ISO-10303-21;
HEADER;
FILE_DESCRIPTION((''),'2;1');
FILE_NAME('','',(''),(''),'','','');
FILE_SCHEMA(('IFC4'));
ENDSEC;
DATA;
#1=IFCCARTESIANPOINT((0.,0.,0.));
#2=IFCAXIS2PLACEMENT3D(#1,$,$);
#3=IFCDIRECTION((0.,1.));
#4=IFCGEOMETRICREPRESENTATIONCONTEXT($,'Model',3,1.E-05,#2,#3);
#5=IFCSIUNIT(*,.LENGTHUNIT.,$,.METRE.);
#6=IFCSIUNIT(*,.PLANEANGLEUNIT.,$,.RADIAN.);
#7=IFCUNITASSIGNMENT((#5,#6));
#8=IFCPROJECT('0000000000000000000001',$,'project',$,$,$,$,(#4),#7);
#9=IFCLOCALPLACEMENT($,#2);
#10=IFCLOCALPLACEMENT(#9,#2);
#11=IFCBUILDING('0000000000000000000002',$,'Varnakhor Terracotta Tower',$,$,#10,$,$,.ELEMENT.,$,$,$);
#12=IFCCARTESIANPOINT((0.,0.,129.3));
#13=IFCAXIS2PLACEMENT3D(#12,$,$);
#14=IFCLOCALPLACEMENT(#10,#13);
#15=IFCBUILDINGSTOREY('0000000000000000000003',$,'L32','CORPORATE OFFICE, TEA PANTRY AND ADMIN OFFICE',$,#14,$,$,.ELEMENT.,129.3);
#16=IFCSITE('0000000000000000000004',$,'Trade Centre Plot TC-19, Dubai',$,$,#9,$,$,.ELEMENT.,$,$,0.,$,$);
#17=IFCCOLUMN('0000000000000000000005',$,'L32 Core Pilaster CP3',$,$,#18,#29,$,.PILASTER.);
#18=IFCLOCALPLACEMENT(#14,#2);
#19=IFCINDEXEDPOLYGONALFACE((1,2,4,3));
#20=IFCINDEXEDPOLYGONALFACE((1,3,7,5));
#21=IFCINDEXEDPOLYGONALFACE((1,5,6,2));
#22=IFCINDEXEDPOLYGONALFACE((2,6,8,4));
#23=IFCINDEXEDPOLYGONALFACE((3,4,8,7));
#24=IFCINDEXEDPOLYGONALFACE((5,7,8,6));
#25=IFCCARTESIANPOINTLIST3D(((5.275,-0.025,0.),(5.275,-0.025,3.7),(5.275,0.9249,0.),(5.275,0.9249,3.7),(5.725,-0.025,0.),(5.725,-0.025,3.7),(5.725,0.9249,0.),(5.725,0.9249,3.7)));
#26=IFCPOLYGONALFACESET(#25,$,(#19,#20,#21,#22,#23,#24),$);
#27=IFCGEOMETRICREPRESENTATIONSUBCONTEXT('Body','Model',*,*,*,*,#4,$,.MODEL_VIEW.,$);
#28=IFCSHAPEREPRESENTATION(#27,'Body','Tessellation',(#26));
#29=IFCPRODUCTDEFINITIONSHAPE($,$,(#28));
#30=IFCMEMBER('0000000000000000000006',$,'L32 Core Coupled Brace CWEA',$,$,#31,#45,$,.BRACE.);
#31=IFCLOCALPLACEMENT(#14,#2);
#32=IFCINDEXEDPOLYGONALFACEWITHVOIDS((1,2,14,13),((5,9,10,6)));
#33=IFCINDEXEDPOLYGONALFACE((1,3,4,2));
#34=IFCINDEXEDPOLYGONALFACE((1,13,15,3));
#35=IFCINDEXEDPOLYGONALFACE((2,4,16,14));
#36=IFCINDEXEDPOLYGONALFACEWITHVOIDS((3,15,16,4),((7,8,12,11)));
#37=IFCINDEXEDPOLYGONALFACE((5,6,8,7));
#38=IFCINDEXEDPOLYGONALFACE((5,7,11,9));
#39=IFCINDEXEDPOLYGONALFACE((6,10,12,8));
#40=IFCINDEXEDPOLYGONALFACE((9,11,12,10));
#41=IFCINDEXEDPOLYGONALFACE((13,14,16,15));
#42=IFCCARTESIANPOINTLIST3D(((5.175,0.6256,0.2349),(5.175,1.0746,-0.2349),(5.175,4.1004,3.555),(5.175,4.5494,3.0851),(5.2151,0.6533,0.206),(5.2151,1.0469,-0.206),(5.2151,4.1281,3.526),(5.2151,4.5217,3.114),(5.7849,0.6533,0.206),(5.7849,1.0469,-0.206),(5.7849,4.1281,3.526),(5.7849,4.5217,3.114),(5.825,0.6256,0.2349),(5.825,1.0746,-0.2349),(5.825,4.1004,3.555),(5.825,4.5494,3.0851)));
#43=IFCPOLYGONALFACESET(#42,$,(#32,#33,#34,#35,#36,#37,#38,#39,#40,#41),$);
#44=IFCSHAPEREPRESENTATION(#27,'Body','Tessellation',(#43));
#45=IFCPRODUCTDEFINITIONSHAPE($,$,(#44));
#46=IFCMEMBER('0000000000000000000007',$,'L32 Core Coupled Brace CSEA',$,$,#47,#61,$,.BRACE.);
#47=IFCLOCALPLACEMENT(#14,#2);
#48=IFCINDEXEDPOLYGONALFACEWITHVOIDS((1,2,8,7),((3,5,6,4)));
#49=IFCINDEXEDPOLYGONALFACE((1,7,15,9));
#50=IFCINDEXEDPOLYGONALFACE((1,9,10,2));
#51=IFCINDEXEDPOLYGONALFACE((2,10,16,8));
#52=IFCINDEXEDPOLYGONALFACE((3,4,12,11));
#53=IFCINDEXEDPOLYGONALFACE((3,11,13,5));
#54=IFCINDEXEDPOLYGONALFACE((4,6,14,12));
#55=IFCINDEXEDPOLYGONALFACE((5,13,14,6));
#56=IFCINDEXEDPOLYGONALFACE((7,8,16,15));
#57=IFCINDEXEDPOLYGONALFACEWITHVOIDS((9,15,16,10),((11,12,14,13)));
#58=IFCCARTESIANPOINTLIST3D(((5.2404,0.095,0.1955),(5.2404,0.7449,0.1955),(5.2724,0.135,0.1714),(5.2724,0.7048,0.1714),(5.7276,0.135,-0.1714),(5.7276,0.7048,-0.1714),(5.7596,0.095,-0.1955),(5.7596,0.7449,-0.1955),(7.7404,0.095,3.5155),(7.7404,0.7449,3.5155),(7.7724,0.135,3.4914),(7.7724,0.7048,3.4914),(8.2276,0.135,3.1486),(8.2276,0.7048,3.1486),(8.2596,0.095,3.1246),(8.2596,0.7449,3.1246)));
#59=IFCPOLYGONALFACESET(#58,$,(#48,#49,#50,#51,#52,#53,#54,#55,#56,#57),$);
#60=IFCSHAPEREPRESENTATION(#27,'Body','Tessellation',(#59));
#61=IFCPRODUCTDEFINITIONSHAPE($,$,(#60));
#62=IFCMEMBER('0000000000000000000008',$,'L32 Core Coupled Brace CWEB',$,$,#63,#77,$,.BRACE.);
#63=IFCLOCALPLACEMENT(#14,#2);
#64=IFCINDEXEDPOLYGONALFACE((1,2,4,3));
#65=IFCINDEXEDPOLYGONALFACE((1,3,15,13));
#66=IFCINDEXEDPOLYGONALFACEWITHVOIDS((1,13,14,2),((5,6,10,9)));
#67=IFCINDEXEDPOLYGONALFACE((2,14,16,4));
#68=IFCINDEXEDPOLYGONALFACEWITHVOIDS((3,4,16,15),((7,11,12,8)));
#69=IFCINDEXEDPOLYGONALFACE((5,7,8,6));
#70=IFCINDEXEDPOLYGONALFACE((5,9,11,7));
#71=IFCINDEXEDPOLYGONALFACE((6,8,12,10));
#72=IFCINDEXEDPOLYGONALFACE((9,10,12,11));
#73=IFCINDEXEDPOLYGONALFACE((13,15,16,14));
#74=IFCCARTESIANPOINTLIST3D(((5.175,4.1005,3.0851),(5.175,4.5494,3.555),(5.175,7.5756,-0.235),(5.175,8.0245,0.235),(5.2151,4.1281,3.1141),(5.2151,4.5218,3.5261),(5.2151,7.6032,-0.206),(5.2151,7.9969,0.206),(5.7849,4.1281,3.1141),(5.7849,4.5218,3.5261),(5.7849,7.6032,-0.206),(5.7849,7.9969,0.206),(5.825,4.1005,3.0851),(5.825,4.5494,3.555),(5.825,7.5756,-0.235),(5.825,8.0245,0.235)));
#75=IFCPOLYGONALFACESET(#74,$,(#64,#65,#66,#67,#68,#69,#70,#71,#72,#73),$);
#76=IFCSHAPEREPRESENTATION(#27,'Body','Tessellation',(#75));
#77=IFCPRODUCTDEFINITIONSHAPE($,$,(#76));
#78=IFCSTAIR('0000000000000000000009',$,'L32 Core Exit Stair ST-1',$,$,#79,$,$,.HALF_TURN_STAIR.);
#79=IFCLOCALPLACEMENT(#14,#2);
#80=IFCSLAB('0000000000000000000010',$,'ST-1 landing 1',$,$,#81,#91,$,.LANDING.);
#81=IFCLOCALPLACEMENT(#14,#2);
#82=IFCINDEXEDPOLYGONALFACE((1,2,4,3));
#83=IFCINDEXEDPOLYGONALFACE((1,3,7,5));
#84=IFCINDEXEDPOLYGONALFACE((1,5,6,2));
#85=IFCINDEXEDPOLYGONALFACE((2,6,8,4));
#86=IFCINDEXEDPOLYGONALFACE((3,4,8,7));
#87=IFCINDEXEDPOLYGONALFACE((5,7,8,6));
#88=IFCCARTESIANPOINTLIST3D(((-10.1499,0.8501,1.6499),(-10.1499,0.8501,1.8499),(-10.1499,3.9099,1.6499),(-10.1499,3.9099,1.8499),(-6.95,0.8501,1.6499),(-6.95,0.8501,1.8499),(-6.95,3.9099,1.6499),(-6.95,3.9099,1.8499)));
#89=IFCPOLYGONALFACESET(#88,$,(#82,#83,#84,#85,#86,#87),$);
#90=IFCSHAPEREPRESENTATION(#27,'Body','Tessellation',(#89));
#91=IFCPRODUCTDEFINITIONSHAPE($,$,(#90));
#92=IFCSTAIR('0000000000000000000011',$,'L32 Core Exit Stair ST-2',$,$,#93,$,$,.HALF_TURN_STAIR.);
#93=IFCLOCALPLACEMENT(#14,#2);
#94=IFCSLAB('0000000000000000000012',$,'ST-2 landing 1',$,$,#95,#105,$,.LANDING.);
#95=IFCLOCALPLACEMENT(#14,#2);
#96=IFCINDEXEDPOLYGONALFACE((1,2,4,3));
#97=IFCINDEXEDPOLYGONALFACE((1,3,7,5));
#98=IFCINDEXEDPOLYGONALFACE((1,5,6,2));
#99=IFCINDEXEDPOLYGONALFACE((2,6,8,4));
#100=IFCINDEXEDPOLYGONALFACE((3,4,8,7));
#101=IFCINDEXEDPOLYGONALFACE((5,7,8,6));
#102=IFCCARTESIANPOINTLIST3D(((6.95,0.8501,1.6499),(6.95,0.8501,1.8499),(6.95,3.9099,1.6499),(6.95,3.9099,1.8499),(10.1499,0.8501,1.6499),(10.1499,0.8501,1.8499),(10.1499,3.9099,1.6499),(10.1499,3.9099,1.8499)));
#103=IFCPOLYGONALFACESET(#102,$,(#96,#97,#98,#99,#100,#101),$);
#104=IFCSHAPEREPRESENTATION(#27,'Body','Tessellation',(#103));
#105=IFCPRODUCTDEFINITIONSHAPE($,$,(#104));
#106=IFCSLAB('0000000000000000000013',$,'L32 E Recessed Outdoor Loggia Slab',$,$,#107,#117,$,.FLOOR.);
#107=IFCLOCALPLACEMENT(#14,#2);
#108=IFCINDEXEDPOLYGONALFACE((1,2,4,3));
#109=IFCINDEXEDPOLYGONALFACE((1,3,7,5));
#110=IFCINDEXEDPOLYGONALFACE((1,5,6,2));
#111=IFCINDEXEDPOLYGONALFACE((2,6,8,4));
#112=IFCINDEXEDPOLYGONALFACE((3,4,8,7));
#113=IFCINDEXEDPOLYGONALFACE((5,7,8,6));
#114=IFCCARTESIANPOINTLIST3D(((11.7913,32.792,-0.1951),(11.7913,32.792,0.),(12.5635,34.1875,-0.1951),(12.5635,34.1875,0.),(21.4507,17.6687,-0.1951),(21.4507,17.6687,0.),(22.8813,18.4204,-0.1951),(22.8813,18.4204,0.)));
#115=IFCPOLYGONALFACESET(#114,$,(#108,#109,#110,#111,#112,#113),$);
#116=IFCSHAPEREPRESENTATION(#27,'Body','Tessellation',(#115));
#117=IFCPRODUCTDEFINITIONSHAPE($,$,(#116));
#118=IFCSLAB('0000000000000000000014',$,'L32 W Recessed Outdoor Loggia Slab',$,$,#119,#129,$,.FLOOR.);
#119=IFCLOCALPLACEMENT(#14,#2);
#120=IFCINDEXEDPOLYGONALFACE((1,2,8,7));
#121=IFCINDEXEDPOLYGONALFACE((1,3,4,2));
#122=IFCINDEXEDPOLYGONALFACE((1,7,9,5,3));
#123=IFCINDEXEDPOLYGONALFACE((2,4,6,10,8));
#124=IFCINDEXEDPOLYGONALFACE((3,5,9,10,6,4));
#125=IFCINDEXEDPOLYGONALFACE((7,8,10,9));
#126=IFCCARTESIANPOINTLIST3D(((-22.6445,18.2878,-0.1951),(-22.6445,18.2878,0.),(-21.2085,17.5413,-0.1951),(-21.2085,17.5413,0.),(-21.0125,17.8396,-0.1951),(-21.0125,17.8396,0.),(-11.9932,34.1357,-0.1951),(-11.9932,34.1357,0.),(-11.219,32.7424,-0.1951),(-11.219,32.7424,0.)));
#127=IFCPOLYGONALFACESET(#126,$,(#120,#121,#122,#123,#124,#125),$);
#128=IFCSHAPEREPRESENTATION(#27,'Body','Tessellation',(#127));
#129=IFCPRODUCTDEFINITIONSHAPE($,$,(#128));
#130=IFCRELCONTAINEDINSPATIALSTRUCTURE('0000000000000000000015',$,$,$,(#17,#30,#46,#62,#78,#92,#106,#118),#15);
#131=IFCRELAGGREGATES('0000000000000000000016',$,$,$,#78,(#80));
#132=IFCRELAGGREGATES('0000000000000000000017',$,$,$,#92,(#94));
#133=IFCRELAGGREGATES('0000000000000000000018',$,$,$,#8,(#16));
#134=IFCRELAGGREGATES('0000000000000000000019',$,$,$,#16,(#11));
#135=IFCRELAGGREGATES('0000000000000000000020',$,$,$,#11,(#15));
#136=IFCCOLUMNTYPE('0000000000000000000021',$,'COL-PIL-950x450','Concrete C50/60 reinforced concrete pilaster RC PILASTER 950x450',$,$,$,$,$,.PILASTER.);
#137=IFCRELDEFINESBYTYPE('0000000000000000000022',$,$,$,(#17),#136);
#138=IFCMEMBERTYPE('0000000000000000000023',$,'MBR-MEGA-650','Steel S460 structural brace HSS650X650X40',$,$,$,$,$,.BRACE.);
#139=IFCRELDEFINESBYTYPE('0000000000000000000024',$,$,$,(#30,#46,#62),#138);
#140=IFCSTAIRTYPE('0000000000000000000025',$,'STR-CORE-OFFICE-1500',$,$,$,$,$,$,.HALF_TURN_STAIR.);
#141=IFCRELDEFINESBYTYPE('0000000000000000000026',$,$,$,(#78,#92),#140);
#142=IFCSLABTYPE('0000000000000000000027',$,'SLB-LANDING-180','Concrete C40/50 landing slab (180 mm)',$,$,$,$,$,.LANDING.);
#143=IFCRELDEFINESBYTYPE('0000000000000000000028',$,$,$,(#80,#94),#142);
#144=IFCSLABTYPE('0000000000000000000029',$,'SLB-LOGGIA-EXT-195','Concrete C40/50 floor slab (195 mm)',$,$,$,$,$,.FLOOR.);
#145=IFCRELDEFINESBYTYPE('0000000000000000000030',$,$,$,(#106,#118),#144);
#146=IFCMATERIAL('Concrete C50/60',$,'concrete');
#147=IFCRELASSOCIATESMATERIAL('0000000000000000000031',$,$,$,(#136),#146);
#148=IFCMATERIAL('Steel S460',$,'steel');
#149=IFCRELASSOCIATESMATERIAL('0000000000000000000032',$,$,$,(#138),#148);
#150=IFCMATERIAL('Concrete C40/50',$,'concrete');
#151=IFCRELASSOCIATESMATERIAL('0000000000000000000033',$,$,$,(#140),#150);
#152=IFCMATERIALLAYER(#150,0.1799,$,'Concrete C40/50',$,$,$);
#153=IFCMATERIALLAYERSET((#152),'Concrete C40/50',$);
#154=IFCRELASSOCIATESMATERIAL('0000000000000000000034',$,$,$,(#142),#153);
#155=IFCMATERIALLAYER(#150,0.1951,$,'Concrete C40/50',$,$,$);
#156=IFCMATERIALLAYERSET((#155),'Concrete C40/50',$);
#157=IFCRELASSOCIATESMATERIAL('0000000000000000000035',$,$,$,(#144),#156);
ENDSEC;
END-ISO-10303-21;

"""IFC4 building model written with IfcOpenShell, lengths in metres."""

from ifc_helpers import new_model, si_unit, direction, frame, origin, origin_2d, place, context, subcontext, project, spatial, polyline, rectangle, hollow_rectangle, outline, extrude, source, transform, mapped, material, layer, layer_set, material_profile, profile_set, type_object, element, aggregate, save


model = new_model("IFC4")

# Units and contexts
model_context = context("Model", 3, precision=1e-05, world=origin(), true_north=direction((0.0, 1.0)))
body_context = subcontext(model_context, "Body", "Model", "MODEL_VIEW")
ifc_project = project(units=[si_unit("LENGTHUNIT", "METRE"), si_unit("PLANEANGLEUNIT", "RADIAN")], contexts=[model_context])

# Site, building, storey
site_placement = place(None, origin())
site = spatial("IfcSite", under=ifc_project, at=site_placement, Name="Trade Centre Plot TC-19, Dubai", CompositionType="ELEMENT", RefElevation=0.0)
building_placement = place(site_placement, origin())
building = spatial("IfcBuilding", under=site, at=building_placement, Name="Varnakhor Terracotta Tower", CompositionType="ELEMENT")
storey_placement = place(building_placement, frame((0.0, 0.0, 129.3)))
storey = spatial("IfcBuildingStorey", under=building, at=storey_placement, Name="L32", Description="CORPORATE OFFICE, TEA PANTRY AND ADMIN OFFICE", CompositionType="ELEMENT", Elevation=129.3)

# Column
ifc_material_1 = material(Name="Concrete C50/60", Category="concrete")
ifc_material_profile_1 = material_profile(ifc_material_1, rectangle(XDim=0.45, YDim=0.95, at=origin_2d()), Name="RC PILASTER 950x450")
ifc_profile_set_1 = profile_set([ifc_material_profile_1], Name="Concrete C50/60")
column_type = type_object("IfcColumnType", Name="COL-PIL-950x450", Description="Concrete C50/60 reinforced concrete pilaster RC PILASTER 950x450", PredefinedType="PILASTER", material=ifc_profile_set_1)
shared_shape_1 = source(origin(), body_context, "Body", "SweptSolid", [
    extrude(rectangle(XDim=0.45, YDim=0.95, at=origin_2d()), origin(), (0.0, 0.0, 1.0), 3.7),
])
column_placement = place(storey_placement, frame((5.5, 0.45, 0.0), z_axis=(0.0, 0.0, 1.0), x_axis=(1.0, 0.0, 0.0)))
element("IfcColumn", 1, at=column_placement, inside=storey, type_object=column_type, Name="L32 Core Pilaster CP3", PredefinedType="PILASTER", context=body_context, shape_type="MappedRepresentation", body=[
    mapped(shared_shape_1, transform((0.0, 0.0, 0.0), scale=1.0)),
])

# Members
ifc_material_2 = material(Name="Steel S460", Category="steel")
ifc_material_profile_2 = material_profile(ifc_material_2, hollow_rectangle(XDim=0.6499, YDim=0.6499, WallThickness=0.04, at=origin_2d()), Name="HSS650X650X40")
ifc_profile_set_2 = profile_set([ifc_material_profile_2], Name="Steel S460")
member_type = type_object("IfcMemberType", Name="MBR-MEGA-650", Description="Steel S460 structural brace HSS650X650X40", PredefinedType="BRACE", material=ifc_profile_set_2)
shared_shape_2 = source(origin(), body_context, "Body", "SweptSolid", [
    extrude(hollow_rectangle(XDim=0.6499, YDim=0.6499, WallThickness=0.04, at=origin_2d()), origin(), (0.0, 0.0, 1.0), 4.8059),
])
member_1_placement = place(storey_placement, frame((5.5, 0.8501, 0.0), z_axis=(0.0, 0.723027, 0.69082), x_axis=(-1.0, 0.0, 0.0)))
element("IfcMember", 2, at=member_1_placement, inside=storey, type_object=member_type, Name="L32 Core Coupled Brace CWEA", PredefinedType="BRACE", context=body_context, shape_type="MappedRepresentation", body=[
    mapped(shared_shape_2, transform((0.0, 0.0, 0.0), scale=1.0)),
])
shared_shape_3 = source(origin(), body_context, "Body", "SweptSolid", [
    extrude(hollow_rectangle(XDim=0.6499, YDim=0.6499, WallThickness=0.04, at=origin_2d()), origin(), (0.0, 0.0, 1.0), 4.156),
])
member_2_placement = place(storey_placement, frame((5.5, 0.4199, 0.0), z_axis=(0.601531, 0.0, 0.79885), x_axis=(0.0, 1.0, 0.0)))
element("IfcMember", 3, at=member_2_placement, inside=storey, type_object=member_type, Name="L32 Core Coupled Brace CSEA", PredefinedType="BRACE", context=body_context, shape_type="MappedRepresentation", body=[
    mapped(shared_shape_3, transform((0.0, 0.0, 0.0), scale=1.0)),
])
shared_shape_4 = source(origin(), body_context, "Body", "SweptSolid", [
    extrude(hollow_rectangle(XDim=0.6499, YDim=0.6499, WallThickness=0.04, at=origin_2d()), origin(), (0.0, 0.0, 1.0), 4.8062),
])
member_3_placement = place(storey_placement, frame((5.5, 7.8, 0.0), z_axis=(0.0, -0.723051, 0.690795), x_axis=(1.0, 0.0, 0.0)))
element("IfcMember", 4, at=member_3_placement, inside=storey, type_object=member_type, Name="L32 Core Coupled Brace CWEB", PredefinedType="BRACE", context=body_context, shape_type="MappedRepresentation", body=[
    mapped(shared_shape_4, transform((0.0, 0.0, 0.0), scale=1.0)),
])

# Stairs, slabs
ifc_material_3 = material(Name="Concrete C40/50", Category="concrete")
stair_type = type_object("IfcStairType", Name="STR-CORE-OFFICE-1500", PredefinedType="HALF_TURN_STAIR", material=ifc_material_3)
stair_1_placement = place(storey_placement, origin())
stair_1 = element("IfcStair", 5, at=stair_1_placement, inside=storey, type_object=stair_type, Name="L32 Core Exit Stair ST-1", PredefinedType="HALF_TURN_STAIR")
ifc_layer_1 = layer(ifc_material_3, 0.1799, Name="Concrete C40/50")
ifc_layer_set_1 = layer_set([ifc_layer_1], Name="Concrete C40/50")
slab_type_1 = type_object("IfcSlabType", Name="SLB-LANDING-180", Description="Concrete C40/50 landing slab (180 mm)", PredefinedType="LANDING", material=ifc_layer_set_1)
slab_1_placement = place(storey_placement, frame((0.0, 0.0, 1.6499)))
slab_1 = element("IfcSlab", 6, at=slab_1_placement, type_object=slab_type_1, Name="ST-1 landing 1", PredefinedType="LANDING", context=body_context, shape_type="SweptSolid", body=[
    extrude(outline(polyline([(-10.1499, 3.9099), (-10.1499, 0.8501), (-6.95, 0.8501), (-6.95, 3.9099), (-10.1499, 3.9099)])), origin(), (0.0, 0.0, 1.0), 0.2),
])
aggregate(stair_1, [slab_1])
stair_2_placement = place(storey_placement, origin())
stair_2 = element("IfcStair", 7, at=stair_2_placement, inside=storey, type_object=stair_type, Name="L32 Core Exit Stair ST-2", PredefinedType="HALF_TURN_STAIR")
slab_2_placement = place(storey_placement, frame((0.0, 0.0, 1.6499)))
slab_2 = element("IfcSlab", 8, at=slab_2_placement, type_object=slab_type_1, Name="ST-2 landing 1", PredefinedType="LANDING", context=body_context, shape_type="SweptSolid", body=[
    extrude(outline(polyline([(6.95, 3.9099), (6.95, 0.8501), (10.1499, 0.8501), (10.1499, 3.9099), (6.95, 3.9099)])), origin(), (0.0, 0.0, 1.0), 0.2),
])

# Slabs
ifc_layer_2 = layer(ifc_material_3, 0.1951, Name="Concrete C40/50")
ifc_layer_set_2 = layer_set([ifc_layer_2], Name="Concrete C40/50")
slab_type_2 = type_object("IfcSlabType", Name="SLB-LOGGIA-EXT-195", Description="Concrete C40/50 floor slab (195 mm)", PredefinedType="FLOOR", material=ifc_layer_set_2)
slab_3_placement = place(storey_placement, frame((0.0, 0.0, -0.1951)))
element("IfcSlab", 9, at=slab_3_placement, inside=storey, type_object=slab_type_2, Name="L32 E Recessed Outdoor Loggia Slab", PredefinedType="FLOOR", context=body_context, shape_type="SweptSolid", body=[
    extrude(outline(polyline([(12.5635, 34.1875), (22.8813, 18.4204), (21.4507, 17.6687), (11.7913, 32.792), (12.5635, 34.1875)])), origin(), (0.0, 0.0, 1.0), 0.1951),
])
slab_4_placement = place(storey_placement, frame((0.0, 0.0, -0.1951)))
element("IfcSlab", 10, at=slab_4_placement, inside=storey, type_object=slab_type_2, Name="L32 W Recessed Outdoor Loggia Slab", PredefinedType="FLOOR", context=body_context, shape_type="SweptSolid", body=[
    extrude(outline(polyline([(-22.6445, 18.2878), (-11.9932, 34.1357), (-11.219, 32.7424), (-21.0125, 17.8396), (-21.2085, 17.5413), (-22.6445, 18.2878)])), origin(), (0.0, 0.0, 1.0), 0.1951),
])

aggregate(stair_2, [slab_2])

save(model, "model.ifc")
